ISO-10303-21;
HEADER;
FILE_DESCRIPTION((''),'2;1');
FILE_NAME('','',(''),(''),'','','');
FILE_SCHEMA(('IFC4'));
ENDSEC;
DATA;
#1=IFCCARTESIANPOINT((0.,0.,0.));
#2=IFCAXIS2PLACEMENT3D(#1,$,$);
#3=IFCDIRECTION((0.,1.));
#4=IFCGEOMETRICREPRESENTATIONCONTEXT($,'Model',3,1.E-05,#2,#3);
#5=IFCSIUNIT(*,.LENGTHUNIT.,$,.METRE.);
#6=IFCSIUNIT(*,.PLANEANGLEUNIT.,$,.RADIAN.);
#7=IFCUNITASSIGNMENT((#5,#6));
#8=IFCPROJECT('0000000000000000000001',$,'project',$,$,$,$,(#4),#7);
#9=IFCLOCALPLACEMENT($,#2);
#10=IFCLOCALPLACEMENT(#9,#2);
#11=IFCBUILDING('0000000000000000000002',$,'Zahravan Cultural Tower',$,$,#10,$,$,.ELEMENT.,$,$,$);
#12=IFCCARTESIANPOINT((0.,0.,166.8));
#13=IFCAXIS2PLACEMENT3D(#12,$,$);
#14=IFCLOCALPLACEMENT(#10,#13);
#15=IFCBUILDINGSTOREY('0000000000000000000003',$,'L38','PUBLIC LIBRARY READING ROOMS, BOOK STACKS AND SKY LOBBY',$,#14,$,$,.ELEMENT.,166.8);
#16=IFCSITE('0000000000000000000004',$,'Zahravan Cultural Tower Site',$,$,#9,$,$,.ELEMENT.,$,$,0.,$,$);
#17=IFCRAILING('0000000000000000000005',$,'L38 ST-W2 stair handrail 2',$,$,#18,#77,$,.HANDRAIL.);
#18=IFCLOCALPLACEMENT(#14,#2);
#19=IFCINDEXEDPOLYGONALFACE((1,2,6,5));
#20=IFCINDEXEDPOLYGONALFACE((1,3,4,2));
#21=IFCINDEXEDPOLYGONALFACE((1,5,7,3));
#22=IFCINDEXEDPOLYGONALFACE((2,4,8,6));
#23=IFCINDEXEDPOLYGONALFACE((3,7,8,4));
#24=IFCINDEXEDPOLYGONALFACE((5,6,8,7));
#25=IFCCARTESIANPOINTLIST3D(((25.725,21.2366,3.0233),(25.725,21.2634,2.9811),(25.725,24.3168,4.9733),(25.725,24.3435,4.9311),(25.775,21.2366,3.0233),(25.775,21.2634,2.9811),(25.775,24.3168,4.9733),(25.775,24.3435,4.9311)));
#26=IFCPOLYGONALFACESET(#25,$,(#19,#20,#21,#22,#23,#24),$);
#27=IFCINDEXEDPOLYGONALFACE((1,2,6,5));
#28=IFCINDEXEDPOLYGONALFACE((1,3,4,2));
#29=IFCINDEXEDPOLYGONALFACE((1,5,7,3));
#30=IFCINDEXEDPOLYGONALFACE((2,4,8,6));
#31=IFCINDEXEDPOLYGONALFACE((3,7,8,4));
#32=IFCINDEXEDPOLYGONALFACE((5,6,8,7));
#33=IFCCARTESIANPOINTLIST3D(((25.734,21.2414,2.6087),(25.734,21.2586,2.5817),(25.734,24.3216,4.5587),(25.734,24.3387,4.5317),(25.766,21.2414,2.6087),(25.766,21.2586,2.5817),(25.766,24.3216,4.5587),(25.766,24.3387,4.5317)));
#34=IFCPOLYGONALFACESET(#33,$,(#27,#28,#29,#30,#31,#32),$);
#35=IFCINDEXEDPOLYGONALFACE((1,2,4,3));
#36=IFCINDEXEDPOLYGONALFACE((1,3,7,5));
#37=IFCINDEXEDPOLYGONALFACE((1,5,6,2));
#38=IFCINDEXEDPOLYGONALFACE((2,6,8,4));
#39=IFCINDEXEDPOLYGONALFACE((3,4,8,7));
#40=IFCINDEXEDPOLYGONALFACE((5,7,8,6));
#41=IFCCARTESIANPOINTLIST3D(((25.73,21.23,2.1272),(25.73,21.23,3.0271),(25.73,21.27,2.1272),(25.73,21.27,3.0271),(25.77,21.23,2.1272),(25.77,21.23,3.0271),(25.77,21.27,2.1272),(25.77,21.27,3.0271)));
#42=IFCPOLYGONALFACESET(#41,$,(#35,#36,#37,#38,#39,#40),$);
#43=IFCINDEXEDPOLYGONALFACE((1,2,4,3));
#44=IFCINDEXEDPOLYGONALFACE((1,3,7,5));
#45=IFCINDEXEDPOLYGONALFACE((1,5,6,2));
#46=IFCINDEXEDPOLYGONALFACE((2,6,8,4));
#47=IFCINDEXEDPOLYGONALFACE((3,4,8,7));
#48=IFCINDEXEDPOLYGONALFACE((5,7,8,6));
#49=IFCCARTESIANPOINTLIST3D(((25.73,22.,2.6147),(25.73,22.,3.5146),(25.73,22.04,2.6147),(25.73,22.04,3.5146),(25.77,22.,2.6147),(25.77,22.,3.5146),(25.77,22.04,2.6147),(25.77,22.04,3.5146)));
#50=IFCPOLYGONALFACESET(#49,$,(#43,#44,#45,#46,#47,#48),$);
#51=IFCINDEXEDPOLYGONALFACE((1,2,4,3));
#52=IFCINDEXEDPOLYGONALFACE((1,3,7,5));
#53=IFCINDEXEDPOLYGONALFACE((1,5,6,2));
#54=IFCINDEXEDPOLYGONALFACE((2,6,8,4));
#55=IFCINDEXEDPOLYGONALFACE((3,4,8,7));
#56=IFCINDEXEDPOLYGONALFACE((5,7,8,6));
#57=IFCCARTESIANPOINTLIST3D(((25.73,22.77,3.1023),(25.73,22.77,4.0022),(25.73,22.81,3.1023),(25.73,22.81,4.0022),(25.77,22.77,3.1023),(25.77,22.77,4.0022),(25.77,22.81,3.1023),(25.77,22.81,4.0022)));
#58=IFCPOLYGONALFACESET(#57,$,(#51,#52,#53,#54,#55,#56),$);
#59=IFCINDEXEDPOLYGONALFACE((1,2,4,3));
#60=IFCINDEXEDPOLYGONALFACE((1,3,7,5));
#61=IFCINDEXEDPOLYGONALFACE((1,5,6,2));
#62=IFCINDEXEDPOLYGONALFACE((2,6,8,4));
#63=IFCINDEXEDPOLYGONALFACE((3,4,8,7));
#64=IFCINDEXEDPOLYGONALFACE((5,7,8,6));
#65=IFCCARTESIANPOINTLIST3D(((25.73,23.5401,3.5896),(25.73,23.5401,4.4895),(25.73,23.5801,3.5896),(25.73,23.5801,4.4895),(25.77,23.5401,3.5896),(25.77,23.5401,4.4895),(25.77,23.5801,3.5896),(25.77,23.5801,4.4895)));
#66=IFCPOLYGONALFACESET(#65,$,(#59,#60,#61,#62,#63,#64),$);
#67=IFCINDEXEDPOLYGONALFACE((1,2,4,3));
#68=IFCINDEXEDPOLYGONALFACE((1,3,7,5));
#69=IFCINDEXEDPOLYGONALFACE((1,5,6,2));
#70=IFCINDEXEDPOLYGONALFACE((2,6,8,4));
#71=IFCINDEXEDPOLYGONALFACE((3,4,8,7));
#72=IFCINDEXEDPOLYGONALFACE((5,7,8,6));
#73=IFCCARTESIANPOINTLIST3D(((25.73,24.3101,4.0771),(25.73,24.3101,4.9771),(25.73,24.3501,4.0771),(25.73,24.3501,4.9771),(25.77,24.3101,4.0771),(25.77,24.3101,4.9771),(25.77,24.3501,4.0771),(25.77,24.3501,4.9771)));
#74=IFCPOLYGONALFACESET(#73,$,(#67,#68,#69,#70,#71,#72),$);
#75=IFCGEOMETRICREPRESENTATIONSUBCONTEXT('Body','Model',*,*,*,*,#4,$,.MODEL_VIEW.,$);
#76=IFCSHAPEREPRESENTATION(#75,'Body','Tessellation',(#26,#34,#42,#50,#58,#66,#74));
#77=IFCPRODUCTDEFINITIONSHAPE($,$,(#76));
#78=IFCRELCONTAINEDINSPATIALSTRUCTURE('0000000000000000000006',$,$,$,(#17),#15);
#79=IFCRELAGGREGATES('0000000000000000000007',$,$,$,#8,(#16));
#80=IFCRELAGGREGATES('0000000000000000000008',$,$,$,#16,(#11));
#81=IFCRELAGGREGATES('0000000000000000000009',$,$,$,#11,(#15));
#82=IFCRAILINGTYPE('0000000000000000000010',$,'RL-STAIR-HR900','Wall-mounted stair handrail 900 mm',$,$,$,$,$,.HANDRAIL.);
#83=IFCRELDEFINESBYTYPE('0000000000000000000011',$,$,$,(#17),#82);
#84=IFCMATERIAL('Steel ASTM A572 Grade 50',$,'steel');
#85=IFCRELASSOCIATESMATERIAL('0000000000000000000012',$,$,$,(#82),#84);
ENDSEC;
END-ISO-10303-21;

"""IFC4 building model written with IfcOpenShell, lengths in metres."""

from ifc_helpers import new_model, si_unit, direction, frame, origin, origin_2d, place, context, subcontext, project, spatial, rectangle, extrude, material, type_object, element, save


model = new_model("IFC4")

# Units and contexts
model_context = context("Model", 3, precision=1e-05, world=origin(), true_north=direction((0.0, 1.0)))
body_context = subcontext(model_context, "Body", "Model", "MODEL_VIEW")
ifc_project = project(units=[si_unit("LENGTHUNIT", "METRE"), si_unit("PLANEANGLEUNIT", "RADIAN")], contexts=[model_context])

# Site, building, storey
site_placement = place(None, origin())
site = spatial("IfcSite", under=ifc_project, at=site_placement, Name="Zahravan Cultural Tower Site", CompositionType="ELEMENT", RefElevation=0.0)
building_placement = place(site_placement, origin())
building = spatial("IfcBuilding", under=site, at=building_placement, Name="Zahravan Cultural Tower", CompositionType="ELEMENT")
storey_placement = place(building_placement, frame((0.0, 0.0, 166.8)))
storey = spatial("IfcBuildingStorey", under=building, at=storey_placement, Name="L38", Description="PUBLIC LIBRARY READING ROOMS, BOOK STACKS AND SKY LOBBY", CompositionType="ELEMENT", Elevation=166.8)

# Shared definitions
ifc_material_1 = material(Name="Steel ASTM A572 Grade 50", Category="steel")

# Railing
railing_type_1 = type_object("IfcRailingType", Name="RL-STAIR-HR900", Description="Wall-mounted stair handrail 900 mm", PredefinedType="HANDRAIL", material=ifc_material_1)
railing_1_placement = place(storey_placement, frame((25.75, 21.25, 2.1272)))
element("IfcRailing", 1, at=railing_1_placement, inside=storey, type_object=railing_type_1, Name="L38 ST-W2 stair handrail 2", PredefinedType="HANDRAIL", context=body_context, shape_type="SweptSolid", body=[
    extrude(rectangle(XDim=0.05, YDim=0.05, at=origin_2d()), frame((0.0, 0.0, 0.875), z_axis=(0.0, 0.844914, 0.534902), x_axis=(-1.0, 0.0, 0.0)), (0.0, 0.0, 1.0), 3.6455),
    extrude(rectangle(XDim=0.032, YDim=0.032, at=origin_2d()), frame((0.0, 0.0, 0.468), z_axis=(0.0, 0.844914, 0.534902), x_axis=(-1.0, 0.0, 0.0)), (0.0, 0.0, 1.0), 3.6455),
    extrude(rectangle(XDim=0.04, YDim=0.04, at=origin_2d()), origin(), (0.0, 0.0, 1.0), 0.8999),
    extrude(rectangle(XDim=0.04, YDim=0.04, at=origin_2d()), frame((0.0, 0.77, 0.4875)), (0.0, 0.0, 1.0), 0.8999),
    extrude(rectangle(XDim=0.04, YDim=0.04, at=origin_2d()), frame((0.0, 1.54, 0.9751)), (0.0, 0.0, 1.0), 0.8999),
    extrude(rectangle(XDim=0.04, YDim=0.04, at=origin_2d()), frame((0.0, 2.3101, 1.4624)), (0.0, 0.0, 1.0), 0.8999),
    extrude(rectangle(XDim=0.04, YDim=0.04, at=origin_2d()), frame((0.0, 3.0801, 1.95)), (0.0, 0.0, 1.0), 0.8999),
])

save(model, "model.ifc")
